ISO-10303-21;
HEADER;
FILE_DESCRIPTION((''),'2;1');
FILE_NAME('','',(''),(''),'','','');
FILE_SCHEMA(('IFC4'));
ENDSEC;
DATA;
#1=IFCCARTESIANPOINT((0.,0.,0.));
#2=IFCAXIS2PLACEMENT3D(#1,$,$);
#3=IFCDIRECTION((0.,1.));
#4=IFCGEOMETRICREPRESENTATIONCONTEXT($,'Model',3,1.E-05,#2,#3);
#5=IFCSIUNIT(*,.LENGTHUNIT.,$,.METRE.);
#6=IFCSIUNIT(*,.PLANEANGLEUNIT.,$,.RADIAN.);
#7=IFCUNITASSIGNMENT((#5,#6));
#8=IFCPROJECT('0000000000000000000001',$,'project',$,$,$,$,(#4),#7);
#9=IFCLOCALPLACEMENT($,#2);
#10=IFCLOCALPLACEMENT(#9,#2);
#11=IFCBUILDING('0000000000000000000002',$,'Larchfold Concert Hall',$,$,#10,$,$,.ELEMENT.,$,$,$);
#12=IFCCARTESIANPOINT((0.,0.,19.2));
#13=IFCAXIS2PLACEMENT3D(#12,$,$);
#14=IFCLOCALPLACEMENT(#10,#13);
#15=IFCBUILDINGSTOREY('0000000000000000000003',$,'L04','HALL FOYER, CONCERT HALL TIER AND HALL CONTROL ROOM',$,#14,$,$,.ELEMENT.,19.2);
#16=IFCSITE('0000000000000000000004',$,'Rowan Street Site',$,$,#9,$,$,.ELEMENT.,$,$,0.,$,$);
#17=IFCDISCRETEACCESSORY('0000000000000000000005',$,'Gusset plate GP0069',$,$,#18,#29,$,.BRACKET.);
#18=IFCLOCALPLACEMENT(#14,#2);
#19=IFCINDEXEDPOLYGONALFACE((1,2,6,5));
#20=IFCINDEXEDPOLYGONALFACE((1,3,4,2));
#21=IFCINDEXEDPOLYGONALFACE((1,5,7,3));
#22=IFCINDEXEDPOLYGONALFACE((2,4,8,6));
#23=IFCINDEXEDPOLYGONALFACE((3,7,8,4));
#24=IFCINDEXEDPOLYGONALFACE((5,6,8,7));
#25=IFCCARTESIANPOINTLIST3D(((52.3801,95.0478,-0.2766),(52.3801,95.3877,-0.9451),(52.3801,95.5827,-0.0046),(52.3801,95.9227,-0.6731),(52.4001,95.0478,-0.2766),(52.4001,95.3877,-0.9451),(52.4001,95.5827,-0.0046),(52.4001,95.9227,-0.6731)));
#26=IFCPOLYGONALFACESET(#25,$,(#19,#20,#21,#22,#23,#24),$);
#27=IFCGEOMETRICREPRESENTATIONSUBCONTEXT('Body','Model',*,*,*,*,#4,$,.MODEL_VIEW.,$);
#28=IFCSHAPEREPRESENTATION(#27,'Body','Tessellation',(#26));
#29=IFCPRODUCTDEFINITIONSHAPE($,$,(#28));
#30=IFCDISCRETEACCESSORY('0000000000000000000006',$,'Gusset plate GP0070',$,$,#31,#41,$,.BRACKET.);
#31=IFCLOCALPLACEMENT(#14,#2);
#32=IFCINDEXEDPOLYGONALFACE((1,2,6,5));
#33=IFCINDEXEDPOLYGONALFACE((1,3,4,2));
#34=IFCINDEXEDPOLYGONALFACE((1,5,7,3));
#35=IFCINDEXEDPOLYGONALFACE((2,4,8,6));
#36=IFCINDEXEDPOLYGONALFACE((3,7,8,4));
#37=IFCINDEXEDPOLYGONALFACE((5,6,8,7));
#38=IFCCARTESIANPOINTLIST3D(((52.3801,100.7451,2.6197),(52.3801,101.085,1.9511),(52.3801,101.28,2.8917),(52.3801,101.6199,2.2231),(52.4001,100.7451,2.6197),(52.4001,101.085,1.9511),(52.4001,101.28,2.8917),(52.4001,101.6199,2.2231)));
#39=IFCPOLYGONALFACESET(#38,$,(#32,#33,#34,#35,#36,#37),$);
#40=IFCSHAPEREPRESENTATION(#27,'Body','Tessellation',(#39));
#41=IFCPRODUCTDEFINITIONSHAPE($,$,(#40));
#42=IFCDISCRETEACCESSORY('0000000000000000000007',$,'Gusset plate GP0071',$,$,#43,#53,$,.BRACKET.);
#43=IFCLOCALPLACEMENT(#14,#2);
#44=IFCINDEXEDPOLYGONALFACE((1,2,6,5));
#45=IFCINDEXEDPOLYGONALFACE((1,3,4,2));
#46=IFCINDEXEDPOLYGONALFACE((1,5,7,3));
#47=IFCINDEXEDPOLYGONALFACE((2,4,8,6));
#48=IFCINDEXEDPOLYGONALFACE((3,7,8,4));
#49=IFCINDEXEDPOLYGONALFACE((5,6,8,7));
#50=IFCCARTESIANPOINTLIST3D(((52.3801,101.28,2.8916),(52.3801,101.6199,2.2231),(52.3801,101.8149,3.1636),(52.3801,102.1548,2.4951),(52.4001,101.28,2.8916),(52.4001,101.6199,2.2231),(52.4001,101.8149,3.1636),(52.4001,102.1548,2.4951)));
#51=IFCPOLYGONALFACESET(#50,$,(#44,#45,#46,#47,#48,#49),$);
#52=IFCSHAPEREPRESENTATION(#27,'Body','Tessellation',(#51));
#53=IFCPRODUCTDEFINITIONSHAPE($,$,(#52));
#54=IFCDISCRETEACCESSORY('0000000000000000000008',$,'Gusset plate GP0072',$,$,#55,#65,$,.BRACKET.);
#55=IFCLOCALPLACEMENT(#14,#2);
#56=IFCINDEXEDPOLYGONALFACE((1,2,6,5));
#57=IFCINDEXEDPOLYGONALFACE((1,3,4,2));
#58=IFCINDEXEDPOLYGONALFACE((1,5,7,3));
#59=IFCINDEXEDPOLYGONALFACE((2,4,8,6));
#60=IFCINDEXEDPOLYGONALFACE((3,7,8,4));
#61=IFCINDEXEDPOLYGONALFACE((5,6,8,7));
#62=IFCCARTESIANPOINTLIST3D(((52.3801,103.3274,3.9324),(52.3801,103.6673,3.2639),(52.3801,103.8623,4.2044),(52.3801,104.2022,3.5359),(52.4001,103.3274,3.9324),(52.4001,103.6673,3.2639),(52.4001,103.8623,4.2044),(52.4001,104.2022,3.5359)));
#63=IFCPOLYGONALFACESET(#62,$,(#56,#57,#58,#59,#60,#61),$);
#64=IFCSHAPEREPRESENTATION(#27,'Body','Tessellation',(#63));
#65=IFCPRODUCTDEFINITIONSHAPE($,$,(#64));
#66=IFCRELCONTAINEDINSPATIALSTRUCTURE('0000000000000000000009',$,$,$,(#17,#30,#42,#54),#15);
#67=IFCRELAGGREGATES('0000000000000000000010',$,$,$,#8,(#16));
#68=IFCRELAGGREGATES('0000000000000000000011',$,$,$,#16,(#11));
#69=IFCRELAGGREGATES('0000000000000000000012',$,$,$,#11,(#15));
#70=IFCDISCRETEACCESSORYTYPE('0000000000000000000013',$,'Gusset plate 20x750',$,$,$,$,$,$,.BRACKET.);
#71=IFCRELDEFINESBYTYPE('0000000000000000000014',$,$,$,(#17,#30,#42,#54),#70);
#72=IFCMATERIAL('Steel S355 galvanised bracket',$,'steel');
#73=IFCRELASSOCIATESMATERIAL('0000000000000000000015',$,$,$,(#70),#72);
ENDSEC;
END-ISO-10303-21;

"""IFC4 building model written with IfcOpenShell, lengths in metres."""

from ifc_helpers import new_model, si_unit, direction, frame, origin, origin_2d, place, context, subcontext, project, spatial, rectangle, extrude, material, material_profile, profile_set, type_object, element, save


model = new_model("IFC4")

# Units and contexts
model_context = context("Model", 3, precision=1e-05, world=origin(), true_north=direction((0.0, 1.0)))
body_context = subcontext(model_context, "Body", "Model", "MODEL_VIEW")
ifc_project = project(units=[si_unit("LENGTHUNIT", "METRE"), si_unit("PLANEANGLEUNIT", "RADIAN")], contexts=[model_context])

# Site, building, storey
site_placement = place(None, origin())
site = spatial("IfcSite", under=ifc_project, at=site_placement, Name="Rowan Street Site", CompositionType="ELEMENT", RefElevation=0.0)
building_placement = place(site_placement, origin())
building = spatial("IfcBuilding", under=site, at=building_placement, Name="Larchfold Concert Hall", CompositionType="ELEMENT")
storey_placement = place(building_placement, frame((0.0, 0.0, 19.2)))
storey = spatial("IfcBuildingStorey", under=building, at=storey_placement, Name="L04", Description="HALL FOYER, CONCERT HALL TIER AND HALL CONTROL ROOM", CompositionType="ELEMENT", Elevation=19.2)

# Discrete accessories
ifc_material_1 = material(Name="Steel S355 galvanised bracket", Category="steel")
ifc_material_profile_1 = material_profile(ifc_material_1, rectangle(XDim=0.02, YDim=0.75, at=origin_2d()))
ifc_profile_set_1 = profile_set([ifc_material_profile_1], Name="Steel S355 galvanised bracket")
discrete_accessory_type = type_object("IfcDiscreteAccessoryType", Name="Gusset plate 20x750", PredefinedType="BRACKET", material=ifc_profile_set_1)
for number, where, z_axis, x_axis, name in (
    (1, (52.3901, 95.2178, -0.6108), (0.0, 0.891396, 0.453225), (-1.0, 0.0, 0.0), "Gusset plate GP0069"),
    (2, (52.3901, 100.915, 2.2854), (0.0, 0.891396, 0.453225), (-1.0, 0.0, 0.0), "Gusset plate GP0070"),
    (3, (52.3901, 101.45, 2.5574), (0.0, 0.891396, 0.453225), (-1.0, 0.0, 0.0), "Gusset plate GP0071"),
    (4, (52.3901, 103.4973, 3.5981), (0.0, 0.891396, 0.453225), (-1.0, 0.0, 0.0), "Gusset plate GP0072"),
):
    element("IfcDiscreteAccessory", number, at=place(storey_placement, frame(where, z_axis=z_axis, x_axis=x_axis)), inside=storey, type_object=discrete_accessory_type, Name=name, PredefinedType="BRACKET", context=body_context, shape_type="SweptSolid", body=[
        extrude(rectangle(XDim=0.02, YDim=0.75, at=origin_2d()), origin(), (0.0, 0.0, 1.0), 0.6001),
    ])

save(model, "model.ifc")
